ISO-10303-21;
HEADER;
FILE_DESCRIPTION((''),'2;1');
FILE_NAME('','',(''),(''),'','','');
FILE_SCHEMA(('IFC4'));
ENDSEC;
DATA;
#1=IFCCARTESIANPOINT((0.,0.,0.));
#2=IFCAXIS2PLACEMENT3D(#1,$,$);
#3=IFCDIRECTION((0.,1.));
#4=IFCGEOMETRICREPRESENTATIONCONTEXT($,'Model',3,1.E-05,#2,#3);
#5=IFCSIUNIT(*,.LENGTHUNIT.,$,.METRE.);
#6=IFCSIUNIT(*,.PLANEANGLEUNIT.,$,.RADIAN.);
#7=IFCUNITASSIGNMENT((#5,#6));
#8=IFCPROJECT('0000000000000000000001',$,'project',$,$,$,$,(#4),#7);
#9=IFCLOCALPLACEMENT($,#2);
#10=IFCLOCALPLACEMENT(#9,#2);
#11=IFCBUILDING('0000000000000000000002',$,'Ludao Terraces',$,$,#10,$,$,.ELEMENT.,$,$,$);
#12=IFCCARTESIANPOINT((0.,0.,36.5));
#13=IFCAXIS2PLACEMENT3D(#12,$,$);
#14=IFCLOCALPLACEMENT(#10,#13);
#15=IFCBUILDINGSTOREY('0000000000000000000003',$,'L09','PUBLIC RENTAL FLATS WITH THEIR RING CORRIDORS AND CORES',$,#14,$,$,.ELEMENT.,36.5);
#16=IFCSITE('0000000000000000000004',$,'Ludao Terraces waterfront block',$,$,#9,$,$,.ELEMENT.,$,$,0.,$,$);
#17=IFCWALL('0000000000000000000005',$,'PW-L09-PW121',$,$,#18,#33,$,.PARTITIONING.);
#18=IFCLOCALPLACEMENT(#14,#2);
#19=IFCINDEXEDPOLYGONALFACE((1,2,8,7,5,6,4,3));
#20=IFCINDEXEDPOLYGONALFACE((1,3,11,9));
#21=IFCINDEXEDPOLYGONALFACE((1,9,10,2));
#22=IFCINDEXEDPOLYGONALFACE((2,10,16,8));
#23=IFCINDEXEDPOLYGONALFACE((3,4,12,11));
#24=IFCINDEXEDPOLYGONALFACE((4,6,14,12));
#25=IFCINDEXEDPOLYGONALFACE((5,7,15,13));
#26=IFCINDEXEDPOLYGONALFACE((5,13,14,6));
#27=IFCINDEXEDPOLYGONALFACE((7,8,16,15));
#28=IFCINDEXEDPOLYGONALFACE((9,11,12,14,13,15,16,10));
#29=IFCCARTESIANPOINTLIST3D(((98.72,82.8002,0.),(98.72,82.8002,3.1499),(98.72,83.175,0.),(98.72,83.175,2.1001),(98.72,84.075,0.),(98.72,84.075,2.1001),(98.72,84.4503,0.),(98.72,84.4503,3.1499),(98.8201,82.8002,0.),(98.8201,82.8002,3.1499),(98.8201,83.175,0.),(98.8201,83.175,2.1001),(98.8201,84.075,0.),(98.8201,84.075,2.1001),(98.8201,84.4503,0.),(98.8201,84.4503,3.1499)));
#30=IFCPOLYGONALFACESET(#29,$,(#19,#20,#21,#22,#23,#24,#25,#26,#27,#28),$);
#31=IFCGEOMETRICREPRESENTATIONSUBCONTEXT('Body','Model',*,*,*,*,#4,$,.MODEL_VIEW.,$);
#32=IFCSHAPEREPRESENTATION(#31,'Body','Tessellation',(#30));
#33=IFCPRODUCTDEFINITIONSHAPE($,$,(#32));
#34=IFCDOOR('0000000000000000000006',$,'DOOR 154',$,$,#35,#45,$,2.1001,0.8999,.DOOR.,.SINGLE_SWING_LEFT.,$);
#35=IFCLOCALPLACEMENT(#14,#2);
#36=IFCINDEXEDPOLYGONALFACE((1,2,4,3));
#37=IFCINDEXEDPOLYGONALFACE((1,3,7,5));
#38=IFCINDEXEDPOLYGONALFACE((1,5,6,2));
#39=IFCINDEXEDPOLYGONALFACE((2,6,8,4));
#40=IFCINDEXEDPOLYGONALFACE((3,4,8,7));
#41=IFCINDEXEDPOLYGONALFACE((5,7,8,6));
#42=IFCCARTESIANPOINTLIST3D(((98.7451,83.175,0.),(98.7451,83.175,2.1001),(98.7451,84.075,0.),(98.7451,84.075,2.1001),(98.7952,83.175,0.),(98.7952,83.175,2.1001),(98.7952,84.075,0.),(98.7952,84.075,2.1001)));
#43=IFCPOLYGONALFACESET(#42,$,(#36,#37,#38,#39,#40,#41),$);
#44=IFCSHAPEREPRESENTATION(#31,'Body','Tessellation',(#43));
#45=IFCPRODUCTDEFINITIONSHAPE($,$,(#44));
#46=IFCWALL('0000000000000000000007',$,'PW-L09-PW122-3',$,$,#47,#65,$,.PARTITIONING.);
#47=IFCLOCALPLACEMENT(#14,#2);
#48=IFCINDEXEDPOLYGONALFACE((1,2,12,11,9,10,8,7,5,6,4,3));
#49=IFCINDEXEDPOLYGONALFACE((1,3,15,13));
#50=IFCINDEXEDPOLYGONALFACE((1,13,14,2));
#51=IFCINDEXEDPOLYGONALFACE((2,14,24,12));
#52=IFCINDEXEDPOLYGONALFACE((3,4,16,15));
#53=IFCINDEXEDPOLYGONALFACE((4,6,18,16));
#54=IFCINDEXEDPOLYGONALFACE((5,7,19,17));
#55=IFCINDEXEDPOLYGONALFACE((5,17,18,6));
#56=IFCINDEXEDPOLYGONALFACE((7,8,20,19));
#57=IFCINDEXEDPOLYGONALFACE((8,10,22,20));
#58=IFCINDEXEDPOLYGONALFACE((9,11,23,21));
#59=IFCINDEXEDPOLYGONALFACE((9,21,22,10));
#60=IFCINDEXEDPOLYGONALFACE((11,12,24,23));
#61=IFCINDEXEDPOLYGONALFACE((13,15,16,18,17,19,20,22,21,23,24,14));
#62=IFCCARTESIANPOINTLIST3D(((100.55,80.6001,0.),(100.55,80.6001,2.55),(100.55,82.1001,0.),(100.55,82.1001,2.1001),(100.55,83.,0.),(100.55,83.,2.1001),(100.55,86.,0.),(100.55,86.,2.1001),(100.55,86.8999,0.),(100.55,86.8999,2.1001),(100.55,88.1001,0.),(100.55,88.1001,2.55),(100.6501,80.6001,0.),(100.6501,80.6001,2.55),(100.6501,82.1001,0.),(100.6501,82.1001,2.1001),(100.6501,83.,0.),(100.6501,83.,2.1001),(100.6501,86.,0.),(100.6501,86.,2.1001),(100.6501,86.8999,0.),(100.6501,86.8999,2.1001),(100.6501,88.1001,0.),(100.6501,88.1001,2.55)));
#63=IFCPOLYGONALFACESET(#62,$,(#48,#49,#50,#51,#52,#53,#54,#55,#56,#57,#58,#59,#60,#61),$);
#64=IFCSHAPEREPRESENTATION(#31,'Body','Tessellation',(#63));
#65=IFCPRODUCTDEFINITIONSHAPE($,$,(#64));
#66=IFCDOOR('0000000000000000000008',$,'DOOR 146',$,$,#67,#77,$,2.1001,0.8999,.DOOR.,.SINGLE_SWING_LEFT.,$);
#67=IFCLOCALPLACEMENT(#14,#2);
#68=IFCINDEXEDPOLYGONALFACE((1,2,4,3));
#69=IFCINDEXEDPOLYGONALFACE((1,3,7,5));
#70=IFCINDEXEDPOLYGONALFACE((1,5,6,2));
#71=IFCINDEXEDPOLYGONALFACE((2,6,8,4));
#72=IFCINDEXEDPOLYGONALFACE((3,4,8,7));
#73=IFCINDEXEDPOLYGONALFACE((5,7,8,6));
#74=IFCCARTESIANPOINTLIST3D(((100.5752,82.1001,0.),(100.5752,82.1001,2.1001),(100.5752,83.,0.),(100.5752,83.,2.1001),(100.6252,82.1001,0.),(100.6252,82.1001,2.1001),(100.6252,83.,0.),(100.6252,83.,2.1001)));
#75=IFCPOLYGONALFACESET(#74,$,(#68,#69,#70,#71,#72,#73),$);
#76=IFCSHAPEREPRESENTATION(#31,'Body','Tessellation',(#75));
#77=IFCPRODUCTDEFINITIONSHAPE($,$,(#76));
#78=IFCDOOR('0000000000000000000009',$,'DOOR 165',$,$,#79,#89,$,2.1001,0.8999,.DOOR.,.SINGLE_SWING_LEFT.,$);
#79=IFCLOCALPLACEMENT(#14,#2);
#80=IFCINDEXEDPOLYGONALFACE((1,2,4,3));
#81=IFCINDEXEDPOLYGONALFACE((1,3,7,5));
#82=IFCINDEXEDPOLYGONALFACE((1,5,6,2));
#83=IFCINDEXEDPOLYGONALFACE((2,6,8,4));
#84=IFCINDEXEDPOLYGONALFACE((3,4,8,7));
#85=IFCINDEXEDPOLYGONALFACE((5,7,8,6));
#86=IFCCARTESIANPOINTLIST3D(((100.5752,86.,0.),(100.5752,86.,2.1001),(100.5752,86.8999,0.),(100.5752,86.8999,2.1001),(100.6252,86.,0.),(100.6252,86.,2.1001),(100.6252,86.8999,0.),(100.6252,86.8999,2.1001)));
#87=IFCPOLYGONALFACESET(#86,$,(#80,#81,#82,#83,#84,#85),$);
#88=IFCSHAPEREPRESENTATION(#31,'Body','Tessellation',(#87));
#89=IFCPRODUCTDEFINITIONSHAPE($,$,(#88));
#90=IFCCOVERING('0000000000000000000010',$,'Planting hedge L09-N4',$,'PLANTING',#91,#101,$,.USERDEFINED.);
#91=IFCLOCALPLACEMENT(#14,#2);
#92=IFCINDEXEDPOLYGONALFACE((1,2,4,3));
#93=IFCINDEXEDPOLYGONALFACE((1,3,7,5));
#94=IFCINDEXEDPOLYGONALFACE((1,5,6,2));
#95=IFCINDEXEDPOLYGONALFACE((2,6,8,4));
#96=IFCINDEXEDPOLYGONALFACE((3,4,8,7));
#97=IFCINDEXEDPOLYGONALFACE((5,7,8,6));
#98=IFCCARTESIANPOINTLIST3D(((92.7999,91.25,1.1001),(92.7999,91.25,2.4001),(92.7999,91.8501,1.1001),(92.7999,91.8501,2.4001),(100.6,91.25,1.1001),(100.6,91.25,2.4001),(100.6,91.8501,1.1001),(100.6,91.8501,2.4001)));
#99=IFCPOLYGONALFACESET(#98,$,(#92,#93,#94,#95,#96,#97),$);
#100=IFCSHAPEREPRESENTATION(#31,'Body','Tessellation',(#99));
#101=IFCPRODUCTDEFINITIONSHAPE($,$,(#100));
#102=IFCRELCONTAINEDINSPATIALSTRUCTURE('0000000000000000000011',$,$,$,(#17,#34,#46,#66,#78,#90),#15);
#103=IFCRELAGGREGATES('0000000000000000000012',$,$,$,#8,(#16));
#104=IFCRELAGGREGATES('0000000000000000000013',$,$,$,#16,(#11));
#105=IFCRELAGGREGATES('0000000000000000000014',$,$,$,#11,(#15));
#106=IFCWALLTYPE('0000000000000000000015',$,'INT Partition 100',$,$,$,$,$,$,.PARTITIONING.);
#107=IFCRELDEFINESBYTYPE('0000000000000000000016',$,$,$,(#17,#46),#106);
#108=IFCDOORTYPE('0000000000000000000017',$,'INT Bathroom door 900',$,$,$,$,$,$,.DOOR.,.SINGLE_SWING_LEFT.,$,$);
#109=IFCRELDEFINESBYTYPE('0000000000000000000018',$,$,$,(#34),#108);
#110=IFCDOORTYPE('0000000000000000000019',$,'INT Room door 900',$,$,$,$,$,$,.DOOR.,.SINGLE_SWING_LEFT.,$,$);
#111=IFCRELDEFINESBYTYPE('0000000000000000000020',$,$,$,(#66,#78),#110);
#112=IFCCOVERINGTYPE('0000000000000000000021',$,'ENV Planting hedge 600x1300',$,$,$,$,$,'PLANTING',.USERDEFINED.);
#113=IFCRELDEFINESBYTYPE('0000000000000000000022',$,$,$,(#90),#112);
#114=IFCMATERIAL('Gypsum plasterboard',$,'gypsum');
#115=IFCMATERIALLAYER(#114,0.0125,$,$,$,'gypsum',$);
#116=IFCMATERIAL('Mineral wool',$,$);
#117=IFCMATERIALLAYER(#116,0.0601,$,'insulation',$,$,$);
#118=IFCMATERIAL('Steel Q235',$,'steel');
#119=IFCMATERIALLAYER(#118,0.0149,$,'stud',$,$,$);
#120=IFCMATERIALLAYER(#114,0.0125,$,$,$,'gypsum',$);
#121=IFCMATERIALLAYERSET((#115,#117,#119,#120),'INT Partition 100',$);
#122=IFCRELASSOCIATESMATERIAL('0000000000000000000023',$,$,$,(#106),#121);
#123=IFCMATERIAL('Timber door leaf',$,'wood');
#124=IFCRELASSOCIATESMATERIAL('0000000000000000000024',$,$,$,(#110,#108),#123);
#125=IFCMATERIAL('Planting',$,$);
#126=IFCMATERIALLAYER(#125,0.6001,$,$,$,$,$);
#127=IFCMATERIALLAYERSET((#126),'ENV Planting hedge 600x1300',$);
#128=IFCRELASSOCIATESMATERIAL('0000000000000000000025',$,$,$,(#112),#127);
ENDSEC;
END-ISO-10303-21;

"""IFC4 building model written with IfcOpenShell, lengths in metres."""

from ifc_helpers import new_model, si_unit, direction, frame, frame_2d, origin, origin_2d, place, context, subcontext, project, spatial, rectangle, extrude, material, layer, layer_set, type_object, element, fill, save


model = new_model("IFC4")

# Units and contexts
model_context = context("Model", 3, precision=1e-05, world=origin(), true_north=direction((0.0, 1.0)))
body_context = subcontext(model_context, "Body", "Model", "MODEL_VIEW")
ifc_project = project(units=[si_unit("LENGTHUNIT", "METRE"), si_unit("PLANEANGLEUNIT", "RADIAN")], contexts=[model_context])

# Site, building, storey
site_placement = place(None, origin())
site = spatial("IfcSite", under=ifc_project, at=site_placement, Name="Ludao Terraces waterfront block", CompositionType="ELEMENT", RefElevation=0.0)
building_placement = place(site_placement, origin())
building = spatial("IfcBuilding", under=site, at=building_placement, Name="Ludao Terraces", CompositionType="ELEMENT")
storey_placement = place(building_placement, frame((0.0, 0.0, 36.5)))
storey = spatial("IfcBuildingStorey", under=building, at=storey_placement, Name="L09", Description="PUBLIC RENTAL FLATS WITH THEIR RING CORRIDORS AND CORES", CompositionType="ELEMENT", Elevation=36.5)

# Shared definitions
ifc_material_1 = material(Name="Gypsum plasterboard", Category="gypsum")
ifc_layer_1 = layer(ifc_material_1, 0.0125, Category="gypsum")
ifc_material_2 = material(Name="Mineral wool")
ifc_layer_2 = layer(ifc_material_2, 0.0601, Name="insulation")
ifc_material_3 = material(Name="Steel Q235", Category="steel")
ifc_layer_3 = layer(ifc_material_3, 0.0149, Name="stud")
ifc_layer_4 = layer(ifc_material_1, 0.0125, Category="gypsum")
ifc_layer_set_1 = layer_set([ifc_layer_1, ifc_layer_2, ifc_layer_3, ifc_layer_4], Name="INT Partition 100")
wall_type_1 = type_object("IfcWallType", Name="INT Partition 100", PredefinedType="PARTITIONING", material=ifc_layer_set_1)

# Wall, opening, door
ifc_material_4 = material(Name="Timber door leaf", Category="wood")
door_type_1 = type_object("IfcDoorType", Name="INT Room door 900", OperationType="SINGLE_SWING_LEFT", PredefinedType="DOOR", material=ifc_material_4)
wall_1_placement = place(storey_placement, frame((98.77, 82.8, 0.0), z_axis=(0.0, 0.0, 1.0), x_axis=(0.0, 1.0, 0.0)))
wall_1 = element("IfcWall", 1, at=wall_1_placement, inside=storey, type_object=wall_type_1, Name="PW-L09-PW121", PredefinedType="PARTITIONING", context=body_context, shape_type="SweptSolid", body=[
    extrude(rectangle(XDim=1.6501, YDim=0.1001, at=frame_2d((0.8252, 0.0))), origin(), (0.0, 0.0, 1.0), 3.1499),
])
opening_1_placement = place(wall_1_placement, frame((0.375, 0.0, 0.0)))
opening_1 = element("IfcOpeningElement", 2, at=opening_1_placement, cuts=wall_1, PredefinedType="OPENING", context=body_context, shape_type="SweptSolid", body=[
    extrude(rectangle(XDim=0.8999, YDim=2.1001, at=frame_2d((0.45, 1.05))), frame((0.0, 0.0601, 0.0), z_axis=(0.0, -1.0, 0.0), x_axis=(1.0, 0.0, 0.0)), (0.0, 0.0, 1.0), 0.1201),
])
door_type_2 = type_object("IfcDoorType", Name="INT Bathroom door 900", OperationType="SINGLE_SWING_LEFT", PredefinedType="DOOR", material=ifc_material_4)
door_1_placement = place(opening_1_placement, origin())
door_1 = element("IfcDoor", 3, at=door_1_placement, inside=storey, type_object=door_type_2, Name="DOOR 154", OperationType="SINGLE_SWING_LEFT", OverallHeight=2.1001, OverallWidth=0.8999, PredefinedType="DOOR", context=body_context, shape_type="SweptSolid", body=[
    extrude(rectangle(XDim=0.8999, YDim=2.1001, at=frame_2d((0.45, 1.05))), frame((0.0, 0.0249, 0.0), z_axis=(0.0, -1.0, 0.0), x_axis=(1.0, 0.0, 0.0)), (0.0, 0.0, 1.0), 0.05),
])
fill(opening_1, door_1)

# Wall, openings, doors
wall_2_placement = place(storey_placement, frame((100.6001, 80.6001, 0.0), z_axis=(0.0, 0.0, 1.0), x_axis=(0.0, 1.0, 0.0)))
wall_2 = element("IfcWall", 4, at=wall_2_placement, inside=storey, type_object=wall_type_1, Name="PW-L09-PW122-3", PredefinedType="PARTITIONING", context=body_context, shape_type="SweptSolid", body=[
    extrude(rectangle(XDim=7.5, YDim=0.1001, at=frame_2d((3.75, 0.0))), origin(), (0.0, 0.0, 1.0), 2.55),
])
opening_2_placement = place(wall_2_placement, frame((1.5, 0.0, 0.0)))
opening_2 = element("IfcOpeningElement", 5, at=opening_2_placement, cuts=wall_2, PredefinedType="OPENING", context=body_context, shape_type="SweptSolid", body=[
    extrude(rectangle(XDim=0.8999, YDim=2.1001, at=frame_2d((0.45, 1.05))), frame((0.0, 0.0601, 0.0), z_axis=(0.0, -1.0, 0.0), x_axis=(1.0, 0.0, 0.0)), (0.0, 0.0, 1.0), 0.1201),
])
opening_3_placement = place(wall_2_placement, frame((5.3999, 0.0, 0.0)))
opening_3 = element("IfcOpeningElement", 6, at=opening_3_placement, cuts=wall_2, PredefinedType="OPENING", context=body_context, shape_type="SweptSolid", body=[
    extrude(rectangle(XDim=0.8999, YDim=2.1001, at=frame_2d((0.45, 1.05))), frame((0.0, 0.0601, 0.0), z_axis=(0.0, -1.0, 0.0), x_axis=(1.0, 0.0, 0.0)), (0.0, 0.0, 1.0), 0.1201),
])
door_2_placement = place(opening_2_placement, origin())
door_2 = element("IfcDoor", 7, at=door_2_placement, inside=storey, type_object=door_type_1, Name="DOOR 146", OperationType="SINGLE_SWING_LEFT", OverallHeight=2.1001, OverallWidth=0.8999, PredefinedType="DOOR", context=body_context, shape_type="SweptSolid", body=[
    extrude(rectangle(XDim=0.8999, YDim=2.1001, at=frame_2d((0.45, 1.05))), frame((0.0, 0.0249, 0.0), z_axis=(0.0, -1.0, 0.0), x_axis=(1.0, 0.0, 0.0)), (0.0, 0.0, 1.0), 0.05),
])
fill(opening_2, door_2)
door_3_placement = place(opening_3_placement, origin())
door_3 = element("IfcDoor", 8, at=door_3_placement, inside=storey, type_object=door_type_1, Name="DOOR 165", OperationType="SINGLE_SWING_LEFT", OverallHeight=2.1001, OverallWidth=0.8999, PredefinedType="DOOR", context=body_context, shape_type="SweptSolid", body=[
    extrude(rectangle(XDim=0.8999, YDim=2.1001, at=frame_2d((0.45, 1.05))), frame((0.0, 0.0249, 0.0), z_axis=(0.0, -1.0, 0.0), x_axis=(1.0, 0.0, 0.0)), (0.0, 0.0, 1.0), 0.05),
])
fill(opening_3, door_3)

# Covering
ifc_material_5 = material(Name="Planting")
ifc_layer_5 = layer(ifc_material_5, 0.6001)
ifc_layer_set_2 = layer_set([ifc_layer_5], Name="ENV Planting hedge 600x1300")
covering_type = type_object("IfcCoveringType", Name="ENV Planting hedge 600x1300", ElementType="PLANTING", PredefinedType="USERDEFINED", material=ifc_layer_set_2)
covering_placement = place(storey_placement, frame((96.7, 91.55, 1.1001), z_axis=(0.0, 0.0, 1.0), x_axis=(1.0, 0.0, 0.0)))
element("IfcCovering", 9, at=covering_placement, inside=storey, type_object=covering_type, Name="Planting hedge L09-N4", ObjectType="PLANTING", PredefinedType="USERDEFINED", context=body_context, shape_type="SweptSolid", body=[
    extrude(rectangle(XDim=7.8, YDim=0.6001, at=origin_2d()), origin(), (0.0, 0.0, 1.0), 1.3),
])

save(model, "model.ifc")
